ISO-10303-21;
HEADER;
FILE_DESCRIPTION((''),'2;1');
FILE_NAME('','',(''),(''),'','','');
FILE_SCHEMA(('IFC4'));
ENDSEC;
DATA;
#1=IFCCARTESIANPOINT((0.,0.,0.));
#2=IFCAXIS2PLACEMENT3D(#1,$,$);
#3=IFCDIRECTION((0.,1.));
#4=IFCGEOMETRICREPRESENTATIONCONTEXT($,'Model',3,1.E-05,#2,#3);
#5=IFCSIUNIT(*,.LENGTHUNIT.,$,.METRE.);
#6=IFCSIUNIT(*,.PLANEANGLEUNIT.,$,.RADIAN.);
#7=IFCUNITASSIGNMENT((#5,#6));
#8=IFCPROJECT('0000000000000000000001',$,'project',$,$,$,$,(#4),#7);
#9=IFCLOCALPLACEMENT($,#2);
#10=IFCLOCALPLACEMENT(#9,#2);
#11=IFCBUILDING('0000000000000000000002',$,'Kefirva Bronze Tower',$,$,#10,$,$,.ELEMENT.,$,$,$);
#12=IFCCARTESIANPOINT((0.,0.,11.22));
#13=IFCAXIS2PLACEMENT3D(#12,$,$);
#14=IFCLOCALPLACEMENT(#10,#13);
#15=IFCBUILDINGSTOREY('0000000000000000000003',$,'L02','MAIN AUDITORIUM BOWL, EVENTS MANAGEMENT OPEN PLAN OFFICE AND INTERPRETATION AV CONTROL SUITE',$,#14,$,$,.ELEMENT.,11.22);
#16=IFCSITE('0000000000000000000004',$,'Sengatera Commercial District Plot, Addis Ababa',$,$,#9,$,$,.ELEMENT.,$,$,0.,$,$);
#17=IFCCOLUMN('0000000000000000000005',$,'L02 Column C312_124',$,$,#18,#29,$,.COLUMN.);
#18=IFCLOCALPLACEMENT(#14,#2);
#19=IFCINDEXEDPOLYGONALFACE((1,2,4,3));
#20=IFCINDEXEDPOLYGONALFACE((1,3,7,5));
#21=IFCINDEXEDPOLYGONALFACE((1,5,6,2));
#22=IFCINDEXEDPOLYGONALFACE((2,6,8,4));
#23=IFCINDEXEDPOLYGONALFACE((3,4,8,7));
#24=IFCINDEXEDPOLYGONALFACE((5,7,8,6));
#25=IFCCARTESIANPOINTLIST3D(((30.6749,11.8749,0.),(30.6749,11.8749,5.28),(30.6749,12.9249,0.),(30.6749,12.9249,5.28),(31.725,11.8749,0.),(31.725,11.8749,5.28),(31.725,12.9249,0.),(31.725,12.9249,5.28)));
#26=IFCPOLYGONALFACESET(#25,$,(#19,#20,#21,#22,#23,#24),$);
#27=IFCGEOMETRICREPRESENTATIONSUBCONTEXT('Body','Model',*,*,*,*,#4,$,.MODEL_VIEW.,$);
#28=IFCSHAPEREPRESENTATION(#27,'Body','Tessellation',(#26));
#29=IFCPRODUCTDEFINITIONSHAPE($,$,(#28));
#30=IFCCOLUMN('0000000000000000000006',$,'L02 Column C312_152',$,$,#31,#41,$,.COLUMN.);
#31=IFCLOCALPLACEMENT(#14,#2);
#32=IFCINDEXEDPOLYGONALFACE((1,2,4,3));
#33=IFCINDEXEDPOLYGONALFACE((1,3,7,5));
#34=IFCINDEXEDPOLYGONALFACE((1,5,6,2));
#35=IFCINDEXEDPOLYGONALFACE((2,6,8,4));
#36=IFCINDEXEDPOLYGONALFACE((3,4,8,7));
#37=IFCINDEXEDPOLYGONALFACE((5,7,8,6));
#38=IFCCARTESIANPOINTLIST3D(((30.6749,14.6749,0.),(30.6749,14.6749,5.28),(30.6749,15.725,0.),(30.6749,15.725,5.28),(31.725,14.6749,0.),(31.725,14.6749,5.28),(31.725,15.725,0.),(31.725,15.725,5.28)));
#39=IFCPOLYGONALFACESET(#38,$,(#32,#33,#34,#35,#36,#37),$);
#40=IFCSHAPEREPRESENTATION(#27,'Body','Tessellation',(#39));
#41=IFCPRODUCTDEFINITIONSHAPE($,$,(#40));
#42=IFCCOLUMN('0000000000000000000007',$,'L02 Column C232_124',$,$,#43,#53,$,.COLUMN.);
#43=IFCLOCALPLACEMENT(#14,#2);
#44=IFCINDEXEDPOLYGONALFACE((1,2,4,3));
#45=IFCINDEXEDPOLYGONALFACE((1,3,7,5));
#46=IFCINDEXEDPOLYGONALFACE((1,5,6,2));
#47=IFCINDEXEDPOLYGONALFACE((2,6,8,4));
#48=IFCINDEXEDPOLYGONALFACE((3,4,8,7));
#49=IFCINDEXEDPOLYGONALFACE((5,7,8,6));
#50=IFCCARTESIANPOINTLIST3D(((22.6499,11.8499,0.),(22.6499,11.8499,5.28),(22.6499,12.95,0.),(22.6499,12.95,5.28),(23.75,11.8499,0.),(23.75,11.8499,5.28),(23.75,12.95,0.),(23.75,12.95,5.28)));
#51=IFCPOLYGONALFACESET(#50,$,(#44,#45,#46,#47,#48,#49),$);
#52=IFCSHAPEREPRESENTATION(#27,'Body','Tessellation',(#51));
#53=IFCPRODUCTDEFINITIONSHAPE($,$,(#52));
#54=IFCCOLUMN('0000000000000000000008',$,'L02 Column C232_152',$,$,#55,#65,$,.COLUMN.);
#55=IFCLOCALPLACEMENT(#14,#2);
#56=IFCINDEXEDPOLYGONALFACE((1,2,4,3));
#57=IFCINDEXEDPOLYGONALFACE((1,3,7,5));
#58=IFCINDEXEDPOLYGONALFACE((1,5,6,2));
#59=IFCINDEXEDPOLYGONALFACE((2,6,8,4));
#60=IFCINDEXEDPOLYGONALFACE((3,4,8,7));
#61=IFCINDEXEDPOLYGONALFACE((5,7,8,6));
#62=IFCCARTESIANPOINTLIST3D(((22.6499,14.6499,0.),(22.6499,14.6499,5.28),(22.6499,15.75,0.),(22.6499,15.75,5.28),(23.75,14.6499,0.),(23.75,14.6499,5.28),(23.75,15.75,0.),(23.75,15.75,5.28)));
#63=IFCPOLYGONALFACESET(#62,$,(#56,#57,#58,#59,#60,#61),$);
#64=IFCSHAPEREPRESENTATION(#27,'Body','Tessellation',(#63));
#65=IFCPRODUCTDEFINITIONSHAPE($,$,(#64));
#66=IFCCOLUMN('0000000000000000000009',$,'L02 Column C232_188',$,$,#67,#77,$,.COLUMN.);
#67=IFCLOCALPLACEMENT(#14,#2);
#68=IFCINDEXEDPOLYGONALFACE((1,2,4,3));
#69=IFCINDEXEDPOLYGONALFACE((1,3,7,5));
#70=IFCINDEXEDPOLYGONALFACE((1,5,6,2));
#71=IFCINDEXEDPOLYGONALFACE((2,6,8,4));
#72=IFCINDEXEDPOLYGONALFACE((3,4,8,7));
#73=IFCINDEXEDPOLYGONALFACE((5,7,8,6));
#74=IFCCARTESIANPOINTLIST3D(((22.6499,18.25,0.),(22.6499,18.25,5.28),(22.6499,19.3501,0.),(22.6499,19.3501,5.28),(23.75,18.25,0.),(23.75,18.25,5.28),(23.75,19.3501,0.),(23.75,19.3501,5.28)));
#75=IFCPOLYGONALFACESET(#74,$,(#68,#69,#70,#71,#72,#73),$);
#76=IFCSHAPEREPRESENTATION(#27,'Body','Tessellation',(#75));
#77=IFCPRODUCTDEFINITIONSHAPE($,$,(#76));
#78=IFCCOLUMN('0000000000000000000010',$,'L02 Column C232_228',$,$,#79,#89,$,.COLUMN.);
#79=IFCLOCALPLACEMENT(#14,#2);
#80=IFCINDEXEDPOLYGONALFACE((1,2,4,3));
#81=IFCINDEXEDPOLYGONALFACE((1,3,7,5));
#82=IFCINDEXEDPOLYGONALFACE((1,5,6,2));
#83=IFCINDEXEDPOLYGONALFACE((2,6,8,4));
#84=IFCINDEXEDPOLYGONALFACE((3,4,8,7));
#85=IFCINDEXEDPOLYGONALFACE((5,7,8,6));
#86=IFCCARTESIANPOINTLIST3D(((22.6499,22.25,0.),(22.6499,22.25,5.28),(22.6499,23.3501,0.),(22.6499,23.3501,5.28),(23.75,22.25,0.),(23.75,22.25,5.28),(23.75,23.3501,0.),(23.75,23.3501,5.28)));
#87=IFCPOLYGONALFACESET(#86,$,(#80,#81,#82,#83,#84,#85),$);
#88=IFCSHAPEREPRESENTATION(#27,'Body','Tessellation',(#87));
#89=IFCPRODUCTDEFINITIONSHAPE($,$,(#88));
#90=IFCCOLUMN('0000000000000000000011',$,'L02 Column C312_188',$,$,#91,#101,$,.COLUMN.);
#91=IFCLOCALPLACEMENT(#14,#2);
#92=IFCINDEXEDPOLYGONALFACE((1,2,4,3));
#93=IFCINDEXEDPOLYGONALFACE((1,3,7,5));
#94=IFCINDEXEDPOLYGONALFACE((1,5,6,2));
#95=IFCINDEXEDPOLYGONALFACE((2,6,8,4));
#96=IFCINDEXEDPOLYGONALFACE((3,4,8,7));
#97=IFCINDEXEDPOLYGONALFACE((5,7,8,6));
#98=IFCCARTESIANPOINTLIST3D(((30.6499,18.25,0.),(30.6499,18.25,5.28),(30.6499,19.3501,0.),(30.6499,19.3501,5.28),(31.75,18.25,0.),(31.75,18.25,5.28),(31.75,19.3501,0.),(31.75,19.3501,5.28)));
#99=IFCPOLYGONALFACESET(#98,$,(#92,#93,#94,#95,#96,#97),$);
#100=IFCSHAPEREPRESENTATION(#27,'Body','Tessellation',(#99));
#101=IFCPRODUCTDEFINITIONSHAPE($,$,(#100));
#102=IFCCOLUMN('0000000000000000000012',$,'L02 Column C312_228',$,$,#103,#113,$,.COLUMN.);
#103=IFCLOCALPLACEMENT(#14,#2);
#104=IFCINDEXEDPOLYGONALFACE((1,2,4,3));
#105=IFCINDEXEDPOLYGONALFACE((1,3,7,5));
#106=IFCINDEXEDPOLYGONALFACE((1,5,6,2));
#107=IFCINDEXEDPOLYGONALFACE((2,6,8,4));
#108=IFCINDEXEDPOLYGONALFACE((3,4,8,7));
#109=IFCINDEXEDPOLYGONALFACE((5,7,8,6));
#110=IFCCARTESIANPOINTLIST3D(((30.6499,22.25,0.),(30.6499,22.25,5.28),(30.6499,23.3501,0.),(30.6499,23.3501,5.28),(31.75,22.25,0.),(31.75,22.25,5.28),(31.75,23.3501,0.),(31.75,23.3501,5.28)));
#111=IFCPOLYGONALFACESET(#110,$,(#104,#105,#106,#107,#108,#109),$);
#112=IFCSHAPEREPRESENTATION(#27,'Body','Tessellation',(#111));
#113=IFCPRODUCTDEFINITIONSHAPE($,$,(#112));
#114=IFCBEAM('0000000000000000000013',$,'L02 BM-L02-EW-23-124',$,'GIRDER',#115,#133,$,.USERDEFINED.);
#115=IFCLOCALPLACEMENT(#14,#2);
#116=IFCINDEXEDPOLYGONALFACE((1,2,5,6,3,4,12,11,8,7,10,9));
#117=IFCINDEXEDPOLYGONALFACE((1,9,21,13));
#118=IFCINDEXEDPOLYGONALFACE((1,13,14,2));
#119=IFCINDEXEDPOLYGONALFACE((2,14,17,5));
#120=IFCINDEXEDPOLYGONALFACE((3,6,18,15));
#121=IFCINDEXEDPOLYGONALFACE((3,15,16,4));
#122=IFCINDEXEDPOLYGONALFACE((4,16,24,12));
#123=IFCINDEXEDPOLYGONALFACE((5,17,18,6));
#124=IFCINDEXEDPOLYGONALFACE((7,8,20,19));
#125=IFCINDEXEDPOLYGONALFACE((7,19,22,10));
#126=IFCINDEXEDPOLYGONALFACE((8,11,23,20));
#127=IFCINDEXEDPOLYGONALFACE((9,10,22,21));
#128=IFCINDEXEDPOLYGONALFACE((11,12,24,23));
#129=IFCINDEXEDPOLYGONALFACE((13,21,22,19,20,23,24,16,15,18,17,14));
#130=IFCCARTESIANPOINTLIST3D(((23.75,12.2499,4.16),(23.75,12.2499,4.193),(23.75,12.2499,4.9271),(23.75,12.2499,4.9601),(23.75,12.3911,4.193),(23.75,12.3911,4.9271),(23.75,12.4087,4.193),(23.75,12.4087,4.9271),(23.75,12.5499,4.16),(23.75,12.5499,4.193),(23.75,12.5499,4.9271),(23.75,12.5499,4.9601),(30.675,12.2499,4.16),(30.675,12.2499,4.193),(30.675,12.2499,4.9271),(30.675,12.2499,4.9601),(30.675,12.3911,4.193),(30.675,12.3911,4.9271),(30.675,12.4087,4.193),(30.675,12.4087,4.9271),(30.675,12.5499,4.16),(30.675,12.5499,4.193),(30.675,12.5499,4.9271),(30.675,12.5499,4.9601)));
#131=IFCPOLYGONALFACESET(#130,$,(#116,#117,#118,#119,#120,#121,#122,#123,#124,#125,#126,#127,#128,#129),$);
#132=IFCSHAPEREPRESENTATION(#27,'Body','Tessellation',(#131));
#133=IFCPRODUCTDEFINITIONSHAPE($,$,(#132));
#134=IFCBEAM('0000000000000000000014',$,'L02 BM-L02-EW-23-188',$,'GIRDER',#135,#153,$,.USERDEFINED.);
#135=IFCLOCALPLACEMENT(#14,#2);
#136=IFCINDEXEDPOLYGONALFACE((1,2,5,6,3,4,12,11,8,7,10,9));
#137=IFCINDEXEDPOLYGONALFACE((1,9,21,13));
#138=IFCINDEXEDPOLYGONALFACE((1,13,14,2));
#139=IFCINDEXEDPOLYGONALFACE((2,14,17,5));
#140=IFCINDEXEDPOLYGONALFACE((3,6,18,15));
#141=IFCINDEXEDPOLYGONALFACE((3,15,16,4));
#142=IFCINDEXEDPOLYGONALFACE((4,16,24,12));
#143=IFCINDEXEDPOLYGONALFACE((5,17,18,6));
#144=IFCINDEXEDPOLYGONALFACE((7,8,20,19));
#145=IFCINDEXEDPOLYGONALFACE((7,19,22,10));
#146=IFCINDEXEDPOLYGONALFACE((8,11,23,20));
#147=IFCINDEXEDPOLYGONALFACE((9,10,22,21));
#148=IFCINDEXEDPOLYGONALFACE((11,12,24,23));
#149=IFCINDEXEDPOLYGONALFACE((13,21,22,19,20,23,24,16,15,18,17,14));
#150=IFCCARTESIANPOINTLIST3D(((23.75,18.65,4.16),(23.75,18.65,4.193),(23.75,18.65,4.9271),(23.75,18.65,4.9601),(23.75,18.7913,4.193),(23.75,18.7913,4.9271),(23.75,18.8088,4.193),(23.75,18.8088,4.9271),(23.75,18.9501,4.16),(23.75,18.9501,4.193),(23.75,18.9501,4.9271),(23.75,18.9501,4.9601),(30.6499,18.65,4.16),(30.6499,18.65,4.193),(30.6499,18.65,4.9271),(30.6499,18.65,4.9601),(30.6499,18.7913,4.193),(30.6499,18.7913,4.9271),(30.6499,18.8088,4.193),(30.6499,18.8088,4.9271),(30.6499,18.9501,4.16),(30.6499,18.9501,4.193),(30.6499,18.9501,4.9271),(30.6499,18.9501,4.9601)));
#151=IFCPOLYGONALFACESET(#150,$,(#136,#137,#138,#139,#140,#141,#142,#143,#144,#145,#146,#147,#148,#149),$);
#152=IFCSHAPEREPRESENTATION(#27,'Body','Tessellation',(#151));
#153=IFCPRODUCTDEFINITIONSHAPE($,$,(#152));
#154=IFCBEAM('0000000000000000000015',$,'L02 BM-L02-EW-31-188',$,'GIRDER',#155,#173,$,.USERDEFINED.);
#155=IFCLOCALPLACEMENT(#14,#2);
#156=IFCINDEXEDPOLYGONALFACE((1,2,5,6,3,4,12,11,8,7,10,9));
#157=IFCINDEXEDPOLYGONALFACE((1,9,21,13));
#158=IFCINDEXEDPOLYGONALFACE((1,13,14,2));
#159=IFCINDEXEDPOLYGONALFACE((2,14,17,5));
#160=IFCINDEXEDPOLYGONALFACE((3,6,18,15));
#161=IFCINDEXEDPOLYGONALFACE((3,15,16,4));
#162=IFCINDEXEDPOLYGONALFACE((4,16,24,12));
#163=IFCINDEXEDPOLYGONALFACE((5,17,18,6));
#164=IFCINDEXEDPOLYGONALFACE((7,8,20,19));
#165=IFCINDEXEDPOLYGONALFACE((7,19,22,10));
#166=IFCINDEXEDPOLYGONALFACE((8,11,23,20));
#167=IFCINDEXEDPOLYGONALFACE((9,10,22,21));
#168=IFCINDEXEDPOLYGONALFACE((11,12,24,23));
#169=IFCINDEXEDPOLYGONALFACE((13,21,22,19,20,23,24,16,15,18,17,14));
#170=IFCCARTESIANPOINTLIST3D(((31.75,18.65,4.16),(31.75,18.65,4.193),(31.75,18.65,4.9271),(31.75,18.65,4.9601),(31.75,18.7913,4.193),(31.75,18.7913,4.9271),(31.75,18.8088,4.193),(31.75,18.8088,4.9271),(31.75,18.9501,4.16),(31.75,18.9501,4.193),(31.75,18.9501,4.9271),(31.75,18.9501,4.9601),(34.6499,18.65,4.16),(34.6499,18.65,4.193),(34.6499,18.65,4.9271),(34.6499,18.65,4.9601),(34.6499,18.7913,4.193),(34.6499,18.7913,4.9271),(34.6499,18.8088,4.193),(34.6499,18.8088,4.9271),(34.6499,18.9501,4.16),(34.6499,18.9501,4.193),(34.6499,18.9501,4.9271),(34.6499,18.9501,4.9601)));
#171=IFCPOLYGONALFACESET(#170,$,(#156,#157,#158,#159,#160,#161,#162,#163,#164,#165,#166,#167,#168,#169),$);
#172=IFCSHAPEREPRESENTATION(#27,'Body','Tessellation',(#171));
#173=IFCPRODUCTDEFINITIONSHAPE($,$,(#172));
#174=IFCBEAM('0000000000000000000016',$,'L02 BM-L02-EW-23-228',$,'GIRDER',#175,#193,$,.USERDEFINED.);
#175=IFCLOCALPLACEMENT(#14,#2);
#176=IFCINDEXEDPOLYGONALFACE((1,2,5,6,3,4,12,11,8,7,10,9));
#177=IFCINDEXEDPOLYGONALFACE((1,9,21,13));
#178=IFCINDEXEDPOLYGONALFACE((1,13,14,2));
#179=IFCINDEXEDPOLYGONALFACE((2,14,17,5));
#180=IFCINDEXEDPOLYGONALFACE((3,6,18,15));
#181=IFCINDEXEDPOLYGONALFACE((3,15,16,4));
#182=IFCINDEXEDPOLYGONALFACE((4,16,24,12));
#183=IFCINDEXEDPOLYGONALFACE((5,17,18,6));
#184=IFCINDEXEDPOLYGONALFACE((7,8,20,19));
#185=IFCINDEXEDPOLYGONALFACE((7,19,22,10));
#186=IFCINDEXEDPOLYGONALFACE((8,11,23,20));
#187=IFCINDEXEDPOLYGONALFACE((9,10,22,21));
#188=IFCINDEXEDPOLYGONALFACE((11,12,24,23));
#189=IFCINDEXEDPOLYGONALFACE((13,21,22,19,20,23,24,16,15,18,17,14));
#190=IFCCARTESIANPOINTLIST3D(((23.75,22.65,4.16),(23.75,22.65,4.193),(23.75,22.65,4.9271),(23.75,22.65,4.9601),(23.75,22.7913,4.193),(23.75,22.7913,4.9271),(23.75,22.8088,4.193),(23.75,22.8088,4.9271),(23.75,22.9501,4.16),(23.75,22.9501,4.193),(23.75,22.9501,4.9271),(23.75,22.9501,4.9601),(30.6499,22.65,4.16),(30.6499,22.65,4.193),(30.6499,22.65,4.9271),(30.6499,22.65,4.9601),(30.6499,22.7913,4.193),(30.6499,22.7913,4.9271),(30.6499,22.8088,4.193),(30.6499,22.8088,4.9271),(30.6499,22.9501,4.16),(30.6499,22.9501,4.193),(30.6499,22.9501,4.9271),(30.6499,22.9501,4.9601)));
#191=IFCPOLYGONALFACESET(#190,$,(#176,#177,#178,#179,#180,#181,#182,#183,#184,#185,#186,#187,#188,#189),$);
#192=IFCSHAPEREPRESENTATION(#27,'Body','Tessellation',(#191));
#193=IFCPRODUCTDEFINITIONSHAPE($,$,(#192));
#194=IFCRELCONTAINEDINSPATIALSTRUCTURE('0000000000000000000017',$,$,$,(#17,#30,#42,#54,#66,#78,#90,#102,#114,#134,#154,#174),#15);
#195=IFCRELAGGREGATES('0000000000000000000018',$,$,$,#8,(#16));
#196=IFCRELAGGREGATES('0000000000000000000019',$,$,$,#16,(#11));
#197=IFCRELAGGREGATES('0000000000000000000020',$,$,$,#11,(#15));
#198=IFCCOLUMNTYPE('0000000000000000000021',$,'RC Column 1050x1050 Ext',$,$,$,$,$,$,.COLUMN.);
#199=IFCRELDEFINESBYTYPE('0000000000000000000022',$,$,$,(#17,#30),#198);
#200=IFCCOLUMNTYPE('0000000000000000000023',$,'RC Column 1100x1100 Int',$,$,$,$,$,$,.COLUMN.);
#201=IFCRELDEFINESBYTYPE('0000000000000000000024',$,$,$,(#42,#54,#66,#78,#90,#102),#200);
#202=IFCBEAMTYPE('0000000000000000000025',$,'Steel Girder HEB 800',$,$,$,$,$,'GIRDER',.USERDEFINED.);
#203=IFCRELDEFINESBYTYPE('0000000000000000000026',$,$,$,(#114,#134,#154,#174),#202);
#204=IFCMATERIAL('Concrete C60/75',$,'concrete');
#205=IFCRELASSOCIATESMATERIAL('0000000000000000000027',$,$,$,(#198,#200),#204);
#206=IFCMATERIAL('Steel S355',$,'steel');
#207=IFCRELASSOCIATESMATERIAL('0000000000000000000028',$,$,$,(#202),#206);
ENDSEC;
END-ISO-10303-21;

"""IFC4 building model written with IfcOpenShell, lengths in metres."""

from ifc_helpers import new_model, si_unit, direction, frame, origin, origin_2d, place, context, subcontext, project, spatial, rectangle, i_section, extrude, material, material_profile, profile_set, type_object, element, save


model = new_model("IFC4")

# Units and contexts
model_context = context("Model", 3, precision=1e-05, world=origin(), true_north=direction((0.0, 1.0)))
body_context = subcontext(model_context, "Body", "Model", "MODEL_VIEW")
ifc_project = project(units=[si_unit("LENGTHUNIT", "METRE"), si_unit("PLANEANGLEUNIT", "RADIAN")], contexts=[model_context])

# Site, building, storey
site_placement = place(None, origin())
site = spatial("IfcSite", under=ifc_project, at=site_placement, Name="Sengatera Commercial District Plot, Addis Ababa", CompositionType="ELEMENT", RefElevation=0.0)
building_placement = place(site_placement, origin())
building = spatial("IfcBuilding", under=site, at=building_placement, Name="Kefirva Bronze Tower", CompositionType="ELEMENT")
storey_placement = place(building_placement, frame((0.0, 0.0, 11.22)))
storey = spatial("IfcBuildingStorey", under=building, at=storey_placement, Name="L02", Description="MAIN AUDITORIUM BOWL, EVENTS MANAGEMENT OPEN PLAN OFFICE AND INTERPRETATION AV CONTROL SUITE", CompositionType="ELEMENT", Elevation=11.22)

# Columns
ifc_material_1 = material(Name="Concrete C60/75", Category="concrete")
ifc_material_profile_1 = material_profile(ifc_material_1, rectangle(XDim=1.05, YDim=1.05, at=origin_2d()), Name="RC 1050x1050")
ifc_profile_set_1 = profile_set([ifc_material_profile_1], Name="Concrete C60/75")
column_type_1 = type_object("IfcColumnType", Name="RC Column 1050x1050 Ext", PredefinedType="COLUMN", material=ifc_profile_set_1)
for number, where, z_axis, x_axis, name in (
    (1, (31.2, 12.3999, 0.0), (0.0, 0.0, 1.0), (1.0, 0.0, 0.0), "L02 Column C312_124"),
    (2, (31.2, 15.2, 0.0), (0.0, 0.0, 1.0), (1.0, 0.0, 0.0), "L02 Column C312_152"),
):
    element("IfcColumn", number, at=place(storey_placement, frame(where, z_axis=z_axis, x_axis=x_axis)), inside=storey, type_object=column_type_1, Name=name, PredefinedType="COLUMN", context=body_context, shape_type="SweptSolid", body=[
        extrude(rectangle(XDim=1.05, YDim=1.05, at=origin_2d()), origin(), (0.0, 0.0, 1.0), 5.28),
    ])
ifc_material_profile_2 = material_profile(ifc_material_1, rectangle(XDim=1.1001, YDim=1.1001, at=origin_2d()), Name="RC 1100x1100")
ifc_profile_set_2 = profile_set([ifc_material_profile_2], Name="Concrete C60/75")
column_type_2 = type_object("IfcColumnType", Name="RC Column 1100x1100 Int", PredefinedType="COLUMN", material=ifc_profile_set_2)
for number, where, z_axis, x_axis, name in (
    (3, (23.2, 12.3999, 0.0), (0.0, 0.0, 1.0), (1.0, 0.0, 0.0), "L02 Column C232_124"),
    (4, (23.2, 15.2, 0.0), (0.0, 0.0, 1.0), (1.0, 0.0, 0.0), "L02 Column C232_152"),
    (5, (23.2, 18.8, 0.0), (0.0, 0.0, 1.0), (1.0, 0.0, 0.0), "L02 Column C232_188"),
    (6, (23.2, 22.8, 0.0), (0.0, 0.0, 1.0), (1.0, 0.0, 0.0), "L02 Column C232_228"),
    (7, (31.2, 18.8, 0.0), (0.0, 0.0, 1.0), (1.0, 0.0, 0.0), "L02 Column C312_188"),
    (8, (31.2, 22.8, 0.0), (0.0, 0.0, 1.0), (1.0, 0.0, 0.0), "L02 Column C312_228"),
):
    element("IfcColumn", number, at=place(storey_placement, frame(where, z_axis=z_axis, x_axis=x_axis)), inside=storey, type_object=column_type_2, Name=name, PredefinedType="COLUMN", context=body_context, shape_type="SweptSolid", body=[
        extrude(rectangle(XDim=1.1001, YDim=1.1001, at=origin_2d()), origin(), (0.0, 0.0, 1.0), 5.28),
    ])

# Beams
ifc_material_2 = material(Name="Steel S355", Category="steel")
ifc_material_profile_3 = material_profile(ifc_material_2, i_section(OverallWidth=0.3, OverallDepth=0.8, WebThickness=0.0176, FlangeThickness=0.033, at=origin_2d()), Name="HEB 800")
ifc_profile_set_3 = profile_set([ifc_material_profile_3], Name="Steel S355")
beam_type_1 = type_object("IfcBeamType", Name="Steel Girder HEB 800", ElementType="GIRDER", PredefinedType="USERDEFINED", material=ifc_profile_set_3)
beam_1_placement = place(storey_placement, frame((23.75, 12.3999, 4.5601), z_axis=(1.0, 0.0, 0.0), x_axis=(0.0, 1.0, 0.0)))
element("IfcBeam", 9, at=beam_1_placement, inside=storey, type_object=beam_type_1, Name="L02 BM-L02-EW-23-124", ObjectType="GIRDER", PredefinedType="USERDEFINED", context=body_context, shape_type="SweptSolid", body=[
    extrude(i_section(OverallWidth=0.3, OverallDepth=0.8, WebThickness=0.0176, FlangeThickness=0.033, at=origin_2d()), origin(), (0.0, 0.0, 1.0), 6.925),
])
beam_2_placement = place(storey_placement, frame((23.75, 18.8, 4.5601), z_axis=(1.0, 0.0, 0.0), x_axis=(0.0, 1.0, 0.0)))
element("IfcBeam", 10, at=beam_2_placement, inside=storey, type_object=beam_type_1, Name="L02 BM-L02-EW-23-188", ObjectType="GIRDER", PredefinedType="USERDEFINED", context=body_context, shape_type="SweptSolid", body=[
    extrude(i_section(OverallWidth=0.3, OverallDepth=0.8, WebThickness=0.0176, FlangeThickness=0.033, at=origin_2d()), origin(), (0.0, 0.0, 1.0), 6.8999),
])
beam_3_placement = place(storey_placement, frame((31.75, 18.8, 4.5601), z_axis=(1.0, 0.0, 0.0), x_axis=(0.0, 1.0, 0.0)))
element("IfcBeam", 11, at=beam_3_placement, inside=storey, type_object=beam_type_1, Name="L02 BM-L02-EW-31-188", ObjectType="GIRDER", PredefinedType="USERDEFINED", context=body_context, shape_type="SweptSolid", body=[
    extrude(i_section(OverallWidth=0.3, OverallDepth=0.8, WebThickness=0.0176, FlangeThickness=0.033, at=origin_2d()), origin(), (0.0, 0.0, 1.0), 2.8999),
])
beam_4_placement = place(storey_placement, frame((23.75, 22.8, 4.5601), z_axis=(1.0, 0.0, 0.0), x_axis=(0.0, 1.0, 0.0)))
element("IfcBeam", 12, at=beam_4_placement, inside=storey, type_object=beam_type_1, Name="L02 BM-L02-EW-23-228", ObjectType="GIRDER", PredefinedType="USERDEFINED", context=body_context, shape_type="SweptSolid", body=[
    extrude(i_section(OverallWidth=0.3, OverallDepth=0.8, WebThickness=0.0176, FlangeThickness=0.033, at=origin_2d()), origin(), (0.0, 0.0, 1.0), 6.8999),
])

save(model, "model.ifc")
